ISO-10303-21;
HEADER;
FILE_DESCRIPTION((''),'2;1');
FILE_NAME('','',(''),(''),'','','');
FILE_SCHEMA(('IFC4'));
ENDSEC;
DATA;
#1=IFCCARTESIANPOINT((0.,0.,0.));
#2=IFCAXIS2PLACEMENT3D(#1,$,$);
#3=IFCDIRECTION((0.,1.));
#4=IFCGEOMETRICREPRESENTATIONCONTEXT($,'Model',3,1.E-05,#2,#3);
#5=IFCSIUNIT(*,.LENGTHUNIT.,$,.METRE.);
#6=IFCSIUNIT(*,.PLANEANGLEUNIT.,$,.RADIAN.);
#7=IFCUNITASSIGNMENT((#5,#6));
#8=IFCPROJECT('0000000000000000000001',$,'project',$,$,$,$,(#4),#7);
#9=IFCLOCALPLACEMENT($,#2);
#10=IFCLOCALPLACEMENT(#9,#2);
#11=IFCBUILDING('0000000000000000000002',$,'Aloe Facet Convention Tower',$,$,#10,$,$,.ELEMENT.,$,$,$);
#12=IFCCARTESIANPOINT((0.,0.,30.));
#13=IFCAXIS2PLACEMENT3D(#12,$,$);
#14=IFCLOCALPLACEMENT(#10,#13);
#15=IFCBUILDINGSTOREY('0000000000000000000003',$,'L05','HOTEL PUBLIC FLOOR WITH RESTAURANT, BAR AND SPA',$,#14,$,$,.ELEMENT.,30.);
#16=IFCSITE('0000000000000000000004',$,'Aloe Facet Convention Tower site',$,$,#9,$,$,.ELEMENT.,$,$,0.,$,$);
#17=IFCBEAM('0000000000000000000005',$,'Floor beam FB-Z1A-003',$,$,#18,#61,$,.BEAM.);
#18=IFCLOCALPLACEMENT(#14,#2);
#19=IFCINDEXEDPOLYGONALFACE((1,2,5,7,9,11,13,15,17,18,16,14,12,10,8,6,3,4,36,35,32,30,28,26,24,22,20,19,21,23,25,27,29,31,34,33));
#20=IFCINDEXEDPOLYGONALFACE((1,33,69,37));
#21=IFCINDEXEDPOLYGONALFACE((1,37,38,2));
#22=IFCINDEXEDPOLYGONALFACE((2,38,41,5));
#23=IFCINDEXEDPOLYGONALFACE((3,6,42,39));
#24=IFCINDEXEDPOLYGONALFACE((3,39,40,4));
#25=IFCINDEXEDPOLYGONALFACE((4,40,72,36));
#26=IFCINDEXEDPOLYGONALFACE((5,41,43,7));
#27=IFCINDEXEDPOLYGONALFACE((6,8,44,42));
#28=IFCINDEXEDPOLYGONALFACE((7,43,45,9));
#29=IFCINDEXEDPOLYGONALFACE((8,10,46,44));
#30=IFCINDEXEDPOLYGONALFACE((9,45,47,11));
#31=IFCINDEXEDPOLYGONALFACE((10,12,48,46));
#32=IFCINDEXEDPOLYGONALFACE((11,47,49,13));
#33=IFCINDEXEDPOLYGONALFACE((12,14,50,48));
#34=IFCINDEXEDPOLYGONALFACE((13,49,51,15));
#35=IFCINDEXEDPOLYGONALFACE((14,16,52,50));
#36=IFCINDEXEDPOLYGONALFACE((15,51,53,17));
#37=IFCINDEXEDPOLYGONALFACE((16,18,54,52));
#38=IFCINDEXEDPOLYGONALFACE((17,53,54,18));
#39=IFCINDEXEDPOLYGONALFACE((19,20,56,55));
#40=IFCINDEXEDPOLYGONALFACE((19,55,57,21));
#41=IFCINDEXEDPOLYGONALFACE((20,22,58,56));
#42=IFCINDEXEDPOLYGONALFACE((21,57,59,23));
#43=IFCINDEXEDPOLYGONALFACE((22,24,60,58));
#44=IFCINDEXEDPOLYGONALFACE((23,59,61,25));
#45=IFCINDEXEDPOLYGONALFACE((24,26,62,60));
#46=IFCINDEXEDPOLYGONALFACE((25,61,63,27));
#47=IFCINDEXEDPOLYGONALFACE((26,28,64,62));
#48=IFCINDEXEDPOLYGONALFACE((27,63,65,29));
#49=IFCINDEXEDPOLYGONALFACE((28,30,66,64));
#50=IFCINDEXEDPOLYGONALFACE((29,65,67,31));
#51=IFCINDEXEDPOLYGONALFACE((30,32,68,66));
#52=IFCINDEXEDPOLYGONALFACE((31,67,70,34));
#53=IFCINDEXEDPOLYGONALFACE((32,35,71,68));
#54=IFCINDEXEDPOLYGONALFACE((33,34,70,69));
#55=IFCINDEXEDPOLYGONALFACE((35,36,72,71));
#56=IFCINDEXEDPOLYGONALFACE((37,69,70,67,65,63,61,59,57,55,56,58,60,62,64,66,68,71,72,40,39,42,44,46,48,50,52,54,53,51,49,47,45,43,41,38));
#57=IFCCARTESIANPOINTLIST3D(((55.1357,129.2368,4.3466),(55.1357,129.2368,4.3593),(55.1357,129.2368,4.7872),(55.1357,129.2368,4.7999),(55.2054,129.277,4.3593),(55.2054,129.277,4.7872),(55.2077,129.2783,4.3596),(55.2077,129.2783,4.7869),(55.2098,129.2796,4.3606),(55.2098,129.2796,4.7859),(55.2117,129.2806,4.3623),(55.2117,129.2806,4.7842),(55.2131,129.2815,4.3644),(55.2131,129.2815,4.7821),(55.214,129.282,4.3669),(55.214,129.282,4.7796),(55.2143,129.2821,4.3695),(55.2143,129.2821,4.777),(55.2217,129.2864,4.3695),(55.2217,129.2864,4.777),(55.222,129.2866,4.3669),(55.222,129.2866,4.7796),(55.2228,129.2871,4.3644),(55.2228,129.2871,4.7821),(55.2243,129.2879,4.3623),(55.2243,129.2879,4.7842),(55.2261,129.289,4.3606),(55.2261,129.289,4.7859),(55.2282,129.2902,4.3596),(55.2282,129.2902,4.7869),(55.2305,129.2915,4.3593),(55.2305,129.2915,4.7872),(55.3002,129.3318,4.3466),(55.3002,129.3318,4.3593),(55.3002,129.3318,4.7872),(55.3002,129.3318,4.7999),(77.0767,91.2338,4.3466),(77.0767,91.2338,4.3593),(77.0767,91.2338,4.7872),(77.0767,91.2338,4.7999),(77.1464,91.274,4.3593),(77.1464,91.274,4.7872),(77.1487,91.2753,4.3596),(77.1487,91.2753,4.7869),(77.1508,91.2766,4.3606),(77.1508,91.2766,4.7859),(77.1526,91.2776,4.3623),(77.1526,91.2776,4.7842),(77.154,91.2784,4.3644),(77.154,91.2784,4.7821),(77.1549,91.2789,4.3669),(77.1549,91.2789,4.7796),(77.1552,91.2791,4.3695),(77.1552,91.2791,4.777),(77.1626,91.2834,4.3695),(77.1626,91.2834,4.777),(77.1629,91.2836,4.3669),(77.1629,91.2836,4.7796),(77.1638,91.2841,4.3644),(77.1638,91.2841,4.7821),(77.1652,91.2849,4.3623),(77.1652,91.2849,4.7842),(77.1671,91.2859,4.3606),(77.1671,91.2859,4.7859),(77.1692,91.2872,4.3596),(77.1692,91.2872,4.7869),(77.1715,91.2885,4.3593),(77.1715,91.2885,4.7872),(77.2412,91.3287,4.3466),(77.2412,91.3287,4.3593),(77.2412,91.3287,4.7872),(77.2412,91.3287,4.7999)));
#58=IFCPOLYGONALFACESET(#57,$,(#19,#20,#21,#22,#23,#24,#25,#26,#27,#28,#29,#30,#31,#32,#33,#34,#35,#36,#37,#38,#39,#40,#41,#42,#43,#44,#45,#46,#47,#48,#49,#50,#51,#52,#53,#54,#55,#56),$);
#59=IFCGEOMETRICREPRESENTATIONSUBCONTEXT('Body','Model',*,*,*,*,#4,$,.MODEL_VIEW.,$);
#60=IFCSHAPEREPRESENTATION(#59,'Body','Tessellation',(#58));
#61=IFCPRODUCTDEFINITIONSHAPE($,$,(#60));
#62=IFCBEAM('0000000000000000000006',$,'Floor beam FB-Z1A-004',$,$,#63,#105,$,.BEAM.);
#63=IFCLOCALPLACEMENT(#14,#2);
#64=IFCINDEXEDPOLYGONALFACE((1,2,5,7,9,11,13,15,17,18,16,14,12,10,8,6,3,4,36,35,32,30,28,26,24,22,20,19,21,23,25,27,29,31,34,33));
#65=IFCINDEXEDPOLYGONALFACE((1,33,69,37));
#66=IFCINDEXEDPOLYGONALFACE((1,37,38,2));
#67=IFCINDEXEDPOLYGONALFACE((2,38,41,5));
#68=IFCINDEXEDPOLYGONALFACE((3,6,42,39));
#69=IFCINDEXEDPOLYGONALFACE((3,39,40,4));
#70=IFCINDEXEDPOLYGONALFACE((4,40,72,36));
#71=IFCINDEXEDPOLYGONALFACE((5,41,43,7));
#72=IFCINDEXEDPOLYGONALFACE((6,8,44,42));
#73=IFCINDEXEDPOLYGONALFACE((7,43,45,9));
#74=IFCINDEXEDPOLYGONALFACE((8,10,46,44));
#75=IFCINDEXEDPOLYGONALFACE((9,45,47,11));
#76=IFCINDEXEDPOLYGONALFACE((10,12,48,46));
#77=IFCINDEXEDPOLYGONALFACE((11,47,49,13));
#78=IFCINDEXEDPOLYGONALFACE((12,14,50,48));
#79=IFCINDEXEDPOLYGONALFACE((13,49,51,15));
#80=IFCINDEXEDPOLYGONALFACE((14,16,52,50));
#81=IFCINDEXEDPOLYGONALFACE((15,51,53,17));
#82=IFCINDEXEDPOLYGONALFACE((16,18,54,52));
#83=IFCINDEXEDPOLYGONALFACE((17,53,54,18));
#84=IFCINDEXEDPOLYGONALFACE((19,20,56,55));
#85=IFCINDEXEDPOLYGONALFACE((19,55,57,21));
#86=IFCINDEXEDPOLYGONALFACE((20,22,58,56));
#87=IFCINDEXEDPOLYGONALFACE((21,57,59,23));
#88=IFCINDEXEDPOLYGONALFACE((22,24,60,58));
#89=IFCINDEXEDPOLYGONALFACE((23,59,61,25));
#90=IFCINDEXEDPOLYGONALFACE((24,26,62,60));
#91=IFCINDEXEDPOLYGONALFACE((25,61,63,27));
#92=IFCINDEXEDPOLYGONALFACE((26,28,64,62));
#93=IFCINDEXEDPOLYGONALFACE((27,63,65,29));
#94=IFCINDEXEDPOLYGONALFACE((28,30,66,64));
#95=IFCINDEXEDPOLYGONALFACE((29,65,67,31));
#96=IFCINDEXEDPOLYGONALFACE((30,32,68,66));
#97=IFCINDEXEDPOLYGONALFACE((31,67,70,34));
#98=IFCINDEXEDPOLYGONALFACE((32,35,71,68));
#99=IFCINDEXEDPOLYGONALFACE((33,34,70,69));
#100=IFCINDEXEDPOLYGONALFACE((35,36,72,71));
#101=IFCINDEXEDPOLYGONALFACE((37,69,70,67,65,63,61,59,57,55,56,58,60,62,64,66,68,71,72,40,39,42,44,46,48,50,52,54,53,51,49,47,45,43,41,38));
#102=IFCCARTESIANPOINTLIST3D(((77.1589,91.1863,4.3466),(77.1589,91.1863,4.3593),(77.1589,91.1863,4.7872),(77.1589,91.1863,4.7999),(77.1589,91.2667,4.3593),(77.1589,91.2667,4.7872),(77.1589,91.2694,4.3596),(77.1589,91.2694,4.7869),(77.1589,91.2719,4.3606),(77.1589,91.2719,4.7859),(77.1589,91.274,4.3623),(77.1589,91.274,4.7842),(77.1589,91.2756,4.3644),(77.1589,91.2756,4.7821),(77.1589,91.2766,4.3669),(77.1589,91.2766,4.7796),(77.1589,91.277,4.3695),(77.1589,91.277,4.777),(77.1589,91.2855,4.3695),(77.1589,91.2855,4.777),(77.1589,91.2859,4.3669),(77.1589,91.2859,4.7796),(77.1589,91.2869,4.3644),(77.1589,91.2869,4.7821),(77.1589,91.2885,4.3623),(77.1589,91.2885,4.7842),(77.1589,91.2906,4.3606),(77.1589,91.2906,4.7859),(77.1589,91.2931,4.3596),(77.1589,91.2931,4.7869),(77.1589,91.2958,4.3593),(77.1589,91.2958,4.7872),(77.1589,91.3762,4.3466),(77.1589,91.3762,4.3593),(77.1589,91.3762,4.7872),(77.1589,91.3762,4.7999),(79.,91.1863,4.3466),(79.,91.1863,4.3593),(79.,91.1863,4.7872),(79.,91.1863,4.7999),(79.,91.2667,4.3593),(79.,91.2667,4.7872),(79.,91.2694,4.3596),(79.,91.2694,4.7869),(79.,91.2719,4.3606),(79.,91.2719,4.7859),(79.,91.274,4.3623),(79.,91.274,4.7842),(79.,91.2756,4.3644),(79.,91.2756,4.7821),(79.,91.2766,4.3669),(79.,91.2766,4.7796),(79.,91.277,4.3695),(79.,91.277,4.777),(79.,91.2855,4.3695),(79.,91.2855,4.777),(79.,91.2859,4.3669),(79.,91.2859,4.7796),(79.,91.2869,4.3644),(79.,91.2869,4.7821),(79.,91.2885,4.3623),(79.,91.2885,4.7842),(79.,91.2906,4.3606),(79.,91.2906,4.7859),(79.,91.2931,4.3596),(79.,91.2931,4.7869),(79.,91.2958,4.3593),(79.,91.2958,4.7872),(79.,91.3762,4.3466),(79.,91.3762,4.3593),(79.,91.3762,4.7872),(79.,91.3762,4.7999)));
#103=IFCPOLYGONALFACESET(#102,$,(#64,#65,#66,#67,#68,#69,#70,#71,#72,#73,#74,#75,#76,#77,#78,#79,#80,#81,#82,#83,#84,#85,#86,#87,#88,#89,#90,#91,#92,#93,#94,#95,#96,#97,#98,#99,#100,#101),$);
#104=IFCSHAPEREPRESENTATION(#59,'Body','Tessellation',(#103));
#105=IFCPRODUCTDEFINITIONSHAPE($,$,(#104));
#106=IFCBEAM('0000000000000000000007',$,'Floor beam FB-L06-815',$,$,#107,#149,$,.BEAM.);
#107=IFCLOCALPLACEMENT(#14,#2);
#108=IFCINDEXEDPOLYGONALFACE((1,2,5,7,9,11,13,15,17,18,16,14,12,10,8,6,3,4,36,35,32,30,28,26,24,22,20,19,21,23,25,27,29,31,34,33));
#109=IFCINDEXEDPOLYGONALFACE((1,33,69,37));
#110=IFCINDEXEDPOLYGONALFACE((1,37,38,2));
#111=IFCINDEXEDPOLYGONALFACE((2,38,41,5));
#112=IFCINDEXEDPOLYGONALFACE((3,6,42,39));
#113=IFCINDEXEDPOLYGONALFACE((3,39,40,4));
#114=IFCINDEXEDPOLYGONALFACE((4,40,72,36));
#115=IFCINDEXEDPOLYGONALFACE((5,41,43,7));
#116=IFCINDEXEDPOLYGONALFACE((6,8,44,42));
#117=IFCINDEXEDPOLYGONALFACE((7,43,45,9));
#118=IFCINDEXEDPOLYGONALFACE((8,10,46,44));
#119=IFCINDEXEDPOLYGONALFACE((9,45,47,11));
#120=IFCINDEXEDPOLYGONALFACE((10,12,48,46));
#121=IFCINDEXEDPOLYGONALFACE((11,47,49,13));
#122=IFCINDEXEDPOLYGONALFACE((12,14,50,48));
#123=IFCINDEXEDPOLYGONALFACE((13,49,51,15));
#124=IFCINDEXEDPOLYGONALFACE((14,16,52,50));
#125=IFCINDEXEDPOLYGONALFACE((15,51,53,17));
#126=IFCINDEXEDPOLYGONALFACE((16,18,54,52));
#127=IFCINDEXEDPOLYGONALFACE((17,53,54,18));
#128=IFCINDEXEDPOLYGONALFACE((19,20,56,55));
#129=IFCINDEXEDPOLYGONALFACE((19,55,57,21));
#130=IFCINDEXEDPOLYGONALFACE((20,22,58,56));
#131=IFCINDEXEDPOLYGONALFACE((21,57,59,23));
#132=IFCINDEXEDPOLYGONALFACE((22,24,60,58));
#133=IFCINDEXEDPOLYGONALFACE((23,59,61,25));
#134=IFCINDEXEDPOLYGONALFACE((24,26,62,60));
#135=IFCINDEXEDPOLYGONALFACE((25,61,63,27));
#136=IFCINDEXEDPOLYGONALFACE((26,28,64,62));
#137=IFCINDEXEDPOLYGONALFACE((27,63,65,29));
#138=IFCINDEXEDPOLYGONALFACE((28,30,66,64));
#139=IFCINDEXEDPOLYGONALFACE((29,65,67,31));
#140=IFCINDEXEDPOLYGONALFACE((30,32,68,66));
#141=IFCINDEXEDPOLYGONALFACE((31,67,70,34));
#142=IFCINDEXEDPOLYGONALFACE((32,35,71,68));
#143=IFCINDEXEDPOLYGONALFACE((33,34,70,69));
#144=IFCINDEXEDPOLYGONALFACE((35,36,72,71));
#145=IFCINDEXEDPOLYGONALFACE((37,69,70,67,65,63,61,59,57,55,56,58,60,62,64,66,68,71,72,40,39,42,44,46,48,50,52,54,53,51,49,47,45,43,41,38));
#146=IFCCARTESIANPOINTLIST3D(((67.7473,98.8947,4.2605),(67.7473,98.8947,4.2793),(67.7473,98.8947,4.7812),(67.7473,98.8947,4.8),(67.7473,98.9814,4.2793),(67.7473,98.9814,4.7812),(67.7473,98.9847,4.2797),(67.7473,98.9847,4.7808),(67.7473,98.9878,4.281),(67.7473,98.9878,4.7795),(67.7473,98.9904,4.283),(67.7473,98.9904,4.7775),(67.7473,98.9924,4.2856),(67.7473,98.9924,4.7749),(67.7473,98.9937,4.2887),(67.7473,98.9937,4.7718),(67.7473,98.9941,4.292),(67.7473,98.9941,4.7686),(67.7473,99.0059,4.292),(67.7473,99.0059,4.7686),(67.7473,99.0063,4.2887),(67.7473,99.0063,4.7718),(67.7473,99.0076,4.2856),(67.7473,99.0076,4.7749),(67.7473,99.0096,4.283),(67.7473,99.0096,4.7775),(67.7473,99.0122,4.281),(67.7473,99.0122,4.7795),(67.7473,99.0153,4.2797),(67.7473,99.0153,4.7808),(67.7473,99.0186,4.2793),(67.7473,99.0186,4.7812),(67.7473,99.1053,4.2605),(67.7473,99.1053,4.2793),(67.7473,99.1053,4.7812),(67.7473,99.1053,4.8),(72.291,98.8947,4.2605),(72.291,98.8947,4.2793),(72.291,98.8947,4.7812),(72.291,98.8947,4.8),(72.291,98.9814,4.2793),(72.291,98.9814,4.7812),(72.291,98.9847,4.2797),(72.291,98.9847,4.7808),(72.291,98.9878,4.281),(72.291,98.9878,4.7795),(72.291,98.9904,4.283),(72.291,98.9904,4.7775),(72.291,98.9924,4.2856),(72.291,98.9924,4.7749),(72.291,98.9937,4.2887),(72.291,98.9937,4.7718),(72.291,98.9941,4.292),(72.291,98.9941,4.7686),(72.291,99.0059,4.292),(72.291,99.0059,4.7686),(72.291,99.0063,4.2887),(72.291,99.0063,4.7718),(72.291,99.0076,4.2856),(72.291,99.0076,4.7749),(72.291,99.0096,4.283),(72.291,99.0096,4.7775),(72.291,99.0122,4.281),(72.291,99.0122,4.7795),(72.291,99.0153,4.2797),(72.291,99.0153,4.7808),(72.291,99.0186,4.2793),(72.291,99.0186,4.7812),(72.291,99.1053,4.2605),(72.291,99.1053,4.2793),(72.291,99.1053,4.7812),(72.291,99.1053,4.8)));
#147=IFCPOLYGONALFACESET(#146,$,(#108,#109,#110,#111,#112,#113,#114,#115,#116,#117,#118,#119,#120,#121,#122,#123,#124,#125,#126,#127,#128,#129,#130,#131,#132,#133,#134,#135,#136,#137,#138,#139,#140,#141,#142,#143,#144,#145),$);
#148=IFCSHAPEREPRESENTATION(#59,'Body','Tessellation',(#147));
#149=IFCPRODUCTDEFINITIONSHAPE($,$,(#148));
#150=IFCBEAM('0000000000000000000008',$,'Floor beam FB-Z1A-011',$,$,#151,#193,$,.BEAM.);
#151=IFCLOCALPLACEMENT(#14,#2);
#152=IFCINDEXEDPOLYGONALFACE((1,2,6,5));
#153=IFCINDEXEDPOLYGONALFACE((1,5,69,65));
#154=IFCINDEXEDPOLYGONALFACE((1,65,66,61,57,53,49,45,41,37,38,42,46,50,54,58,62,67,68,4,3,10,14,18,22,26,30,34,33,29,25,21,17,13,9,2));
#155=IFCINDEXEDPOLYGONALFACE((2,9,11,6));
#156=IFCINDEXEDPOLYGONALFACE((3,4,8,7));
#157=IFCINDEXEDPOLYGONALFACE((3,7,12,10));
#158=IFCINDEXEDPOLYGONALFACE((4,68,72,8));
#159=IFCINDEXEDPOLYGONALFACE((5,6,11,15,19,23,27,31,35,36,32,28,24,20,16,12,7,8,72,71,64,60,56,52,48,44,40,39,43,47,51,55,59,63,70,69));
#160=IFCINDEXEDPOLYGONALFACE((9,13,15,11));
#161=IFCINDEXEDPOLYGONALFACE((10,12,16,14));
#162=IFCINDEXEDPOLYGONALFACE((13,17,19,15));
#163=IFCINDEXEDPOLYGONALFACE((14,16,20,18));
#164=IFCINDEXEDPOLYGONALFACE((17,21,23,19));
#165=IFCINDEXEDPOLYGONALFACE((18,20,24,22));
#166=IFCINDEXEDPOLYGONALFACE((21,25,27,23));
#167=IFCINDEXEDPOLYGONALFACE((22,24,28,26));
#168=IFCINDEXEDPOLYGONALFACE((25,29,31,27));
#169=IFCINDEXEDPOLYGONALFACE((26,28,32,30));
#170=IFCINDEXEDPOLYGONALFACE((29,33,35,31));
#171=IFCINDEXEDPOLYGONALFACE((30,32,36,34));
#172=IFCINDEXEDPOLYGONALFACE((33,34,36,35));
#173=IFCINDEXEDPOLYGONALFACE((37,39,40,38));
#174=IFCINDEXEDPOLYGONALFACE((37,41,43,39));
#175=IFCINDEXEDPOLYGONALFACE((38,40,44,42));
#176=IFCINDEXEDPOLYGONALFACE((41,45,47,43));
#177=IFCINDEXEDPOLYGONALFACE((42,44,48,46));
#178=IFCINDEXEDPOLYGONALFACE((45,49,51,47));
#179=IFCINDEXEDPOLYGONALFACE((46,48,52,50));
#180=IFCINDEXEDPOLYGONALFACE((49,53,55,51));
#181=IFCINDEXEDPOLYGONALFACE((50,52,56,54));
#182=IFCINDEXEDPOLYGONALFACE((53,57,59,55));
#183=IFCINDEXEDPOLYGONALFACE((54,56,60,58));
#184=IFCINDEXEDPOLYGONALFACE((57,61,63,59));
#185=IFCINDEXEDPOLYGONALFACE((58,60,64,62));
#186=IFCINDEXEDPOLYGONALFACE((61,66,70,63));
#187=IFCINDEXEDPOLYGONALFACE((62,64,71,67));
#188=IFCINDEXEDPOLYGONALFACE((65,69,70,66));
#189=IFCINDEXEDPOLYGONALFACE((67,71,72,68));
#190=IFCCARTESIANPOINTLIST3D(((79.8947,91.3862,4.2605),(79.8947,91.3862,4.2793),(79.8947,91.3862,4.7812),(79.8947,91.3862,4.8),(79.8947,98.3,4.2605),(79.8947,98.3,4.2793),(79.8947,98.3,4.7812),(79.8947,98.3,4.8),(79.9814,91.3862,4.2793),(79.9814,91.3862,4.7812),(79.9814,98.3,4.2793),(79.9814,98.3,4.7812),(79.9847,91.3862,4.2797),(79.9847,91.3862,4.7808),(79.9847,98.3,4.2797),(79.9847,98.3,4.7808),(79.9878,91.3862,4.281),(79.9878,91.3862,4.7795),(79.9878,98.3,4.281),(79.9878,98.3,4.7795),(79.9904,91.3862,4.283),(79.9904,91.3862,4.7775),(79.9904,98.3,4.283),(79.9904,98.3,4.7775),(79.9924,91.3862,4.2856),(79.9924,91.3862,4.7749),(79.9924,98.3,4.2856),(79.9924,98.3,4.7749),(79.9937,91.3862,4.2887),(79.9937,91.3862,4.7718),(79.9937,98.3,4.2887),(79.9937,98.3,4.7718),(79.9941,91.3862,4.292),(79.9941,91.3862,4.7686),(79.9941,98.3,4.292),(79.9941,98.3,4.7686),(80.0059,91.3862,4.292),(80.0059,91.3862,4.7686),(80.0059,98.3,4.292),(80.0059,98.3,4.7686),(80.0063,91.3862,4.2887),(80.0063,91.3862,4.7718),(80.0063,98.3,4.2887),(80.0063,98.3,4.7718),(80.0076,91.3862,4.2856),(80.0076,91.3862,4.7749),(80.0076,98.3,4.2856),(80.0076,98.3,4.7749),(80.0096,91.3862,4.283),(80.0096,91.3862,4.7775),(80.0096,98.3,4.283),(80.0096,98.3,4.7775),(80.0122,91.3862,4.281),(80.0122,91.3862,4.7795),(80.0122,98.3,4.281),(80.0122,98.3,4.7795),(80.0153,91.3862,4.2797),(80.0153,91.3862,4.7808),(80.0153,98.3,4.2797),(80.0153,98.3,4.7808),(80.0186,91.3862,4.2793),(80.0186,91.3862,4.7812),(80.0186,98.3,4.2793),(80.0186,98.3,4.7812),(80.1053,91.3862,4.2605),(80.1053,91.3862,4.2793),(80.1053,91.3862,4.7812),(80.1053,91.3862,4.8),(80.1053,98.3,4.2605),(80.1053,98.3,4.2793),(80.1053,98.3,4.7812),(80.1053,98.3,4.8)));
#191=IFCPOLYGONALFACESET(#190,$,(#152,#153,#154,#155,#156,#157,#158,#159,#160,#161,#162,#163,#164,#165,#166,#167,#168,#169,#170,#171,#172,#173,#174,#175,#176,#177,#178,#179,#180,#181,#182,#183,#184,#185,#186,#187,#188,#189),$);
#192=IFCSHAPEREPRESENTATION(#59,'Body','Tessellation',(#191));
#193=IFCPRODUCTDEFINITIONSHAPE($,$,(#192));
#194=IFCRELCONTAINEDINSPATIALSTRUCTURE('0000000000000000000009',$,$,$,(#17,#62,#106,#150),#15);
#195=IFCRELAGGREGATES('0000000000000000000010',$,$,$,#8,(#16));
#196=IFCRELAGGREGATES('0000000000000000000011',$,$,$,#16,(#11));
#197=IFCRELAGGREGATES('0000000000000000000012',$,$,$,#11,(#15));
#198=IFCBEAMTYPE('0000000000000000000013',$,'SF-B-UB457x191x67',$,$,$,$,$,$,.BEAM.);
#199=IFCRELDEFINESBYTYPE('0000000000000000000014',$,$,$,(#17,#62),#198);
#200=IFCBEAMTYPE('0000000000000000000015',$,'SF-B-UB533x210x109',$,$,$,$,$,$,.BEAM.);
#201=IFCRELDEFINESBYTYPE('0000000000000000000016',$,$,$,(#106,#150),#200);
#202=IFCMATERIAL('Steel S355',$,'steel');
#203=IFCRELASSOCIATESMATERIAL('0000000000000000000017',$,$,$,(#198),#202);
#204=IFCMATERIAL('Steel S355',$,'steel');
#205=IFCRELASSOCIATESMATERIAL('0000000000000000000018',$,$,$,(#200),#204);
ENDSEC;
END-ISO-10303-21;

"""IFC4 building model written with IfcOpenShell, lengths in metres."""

from ifc_helpers import new_model, si_unit, direction, frame, origin, origin_2d, place, context, subcontext, project, spatial, i_section, extrude, material, material_profile, profile_set, type_object, element, save


model = new_model("IFC4")

# Units and contexts
model_context = context("Model", 3, precision=1e-05, world=origin(), true_north=direction((0.0, 1.0)))
body_context = subcontext(model_context, "Body", "Model", "MODEL_VIEW")
ifc_project = project(units=[si_unit("LENGTHUNIT", "METRE"), si_unit("PLANEANGLEUNIT", "RADIAN")], contexts=[model_context])

# Site, building, storey
site_placement = place(None, origin())
site = spatial("IfcSite", under=ifc_project, at=site_placement, Name="Aloe Facet Convention Tower site", CompositionType="ELEMENT", RefElevation=0.0)
building_placement = place(site_placement, origin())
building = spatial("IfcBuilding", under=site, at=building_placement, Name="Aloe Facet Convention Tower", CompositionType="ELEMENT")
storey_placement = place(building_placement, frame((0.0, 0.0, 30.0)))
storey = spatial("IfcBuildingStorey", under=building, at=storey_placement, Name="L05", Description="HOTEL PUBLIC FLOOR WITH RESTAURANT, BAR AND SPA", CompositionType="ELEMENT", Elevation=30.0)

# Beams
ifc_material_1 = material(Name="Steel S355", Category="steel")
ifc_material_profile_1 = material_profile(ifc_material_1, i_section(OverallWidth=0.1899, OverallDepth=0.4534, WebThickness=0.0085, FlangeThickness=0.0127, FilletRadius=0.0103, at=origin_2d()), Name="UB 457x191x67")
ifc_profile_set_1 = profile_set([ifc_material_profile_1], Name="Steel S355")
beam_type_1 = type_object("IfcBeamType", Name="SF-B-UB457x191x67", PredefinedType="BEAM", material=ifc_profile_set_1)
beam_1_placement = place(storey_placement, frame((77.1589, 91.2812, 4.5732), z_axis=(-0.499999, 0.866026, 0.0), x_axis=(-0.866026, -0.499999, 0.0)))
element("IfcBeam", 1, at=beam_1_placement, inside=storey, type_object=beam_type_1, Name="Floor beam FB-Z1A-003", PredefinedType="BEAM", context=body_context, shape_type="SweptSolid", body=[
    extrude(i_section(OverallWidth=0.1899, OverallDepth=0.4534, WebThickness=0.0085, FlangeThickness=0.0127, FilletRadius=0.0103, at=origin_2d()), origin(), (0.0, 0.0, 1.0), 43.8821),
])
beam_2_placement = place(storey_placement, frame((79.0, 91.2812, 4.5732), z_axis=(-1.0, 0.0, 0.0), x_axis=(0.0, -1.0, 0.0)))
element("IfcBeam", 2, at=beam_2_placement, inside=storey, type_object=beam_type_1, Name="Floor beam FB-Z1A-004", PredefinedType="BEAM", context=body_context, shape_type="SweptSolid", body=[
    extrude(i_section(OverallWidth=0.1899, OverallDepth=0.4534, WebThickness=0.0085, FlangeThickness=0.0127, FilletRadius=0.0103, at=origin_2d()), origin(), (0.0, 0.0, 1.0), 1.8411),
])
ifc_material_2 = material(Name="Steel S355", Category="steel")
ifc_material_profile_2 = material_profile(ifc_material_2, i_section(OverallWidth=0.2107, OverallDepth=0.5396, WebThickness=0.0117, FlangeThickness=0.0188, FilletRadius=0.0127, at=origin_2d()), Name="UB 533x210x109")
ifc_profile_set_2 = profile_set([ifc_material_profile_2], Name="Steel S355")
beam_type_2 = type_object("IfcBeamType", Name="SF-B-UB533x210x109", PredefinedType="BEAM", material=ifc_profile_set_2)
beam_3_placement = place(storey_placement, frame((67.7473, 99.0, 4.5303), z_axis=(1.0, 0.0, 0.0), x_axis=(0.0, 1.0, 0.0)))
element("IfcBeam", 3, at=beam_3_placement, inside=storey, type_object=beam_type_2, Name="Floor beam FB-L06-815", PredefinedType="BEAM", context=body_context, shape_type="SweptSolid", body=[
    extrude(i_section(OverallWidth=0.2107, OverallDepth=0.5396, WebThickness=0.0117, FlangeThickness=0.0188, FilletRadius=0.0127, at=origin_2d()), origin(), (0.0, 0.0, 1.0), 4.5437),
])
beam_4_placement = place(storey_placement, frame((80.0, 98.3, 4.5303), z_axis=(0.0, -1.0, 0.0), x_axis=(1.0, 0.0, 0.0)))
element("IfcBeam", 4, at=beam_4_placement, inside=storey, type_object=beam_type_2, Name="Floor beam FB-Z1A-011", PredefinedType="BEAM", context=body_context, shape_type="SweptSolid", body=[
    extrude(i_section(OverallWidth=0.2107, OverallDepth=0.5396, WebThickness=0.0117, FlangeThickness=0.0188, FilletRadius=0.0127, at=origin_2d()), origin(), (0.0, 0.0, 1.0), 6.9138),
])

save(model, "model.ifc")
